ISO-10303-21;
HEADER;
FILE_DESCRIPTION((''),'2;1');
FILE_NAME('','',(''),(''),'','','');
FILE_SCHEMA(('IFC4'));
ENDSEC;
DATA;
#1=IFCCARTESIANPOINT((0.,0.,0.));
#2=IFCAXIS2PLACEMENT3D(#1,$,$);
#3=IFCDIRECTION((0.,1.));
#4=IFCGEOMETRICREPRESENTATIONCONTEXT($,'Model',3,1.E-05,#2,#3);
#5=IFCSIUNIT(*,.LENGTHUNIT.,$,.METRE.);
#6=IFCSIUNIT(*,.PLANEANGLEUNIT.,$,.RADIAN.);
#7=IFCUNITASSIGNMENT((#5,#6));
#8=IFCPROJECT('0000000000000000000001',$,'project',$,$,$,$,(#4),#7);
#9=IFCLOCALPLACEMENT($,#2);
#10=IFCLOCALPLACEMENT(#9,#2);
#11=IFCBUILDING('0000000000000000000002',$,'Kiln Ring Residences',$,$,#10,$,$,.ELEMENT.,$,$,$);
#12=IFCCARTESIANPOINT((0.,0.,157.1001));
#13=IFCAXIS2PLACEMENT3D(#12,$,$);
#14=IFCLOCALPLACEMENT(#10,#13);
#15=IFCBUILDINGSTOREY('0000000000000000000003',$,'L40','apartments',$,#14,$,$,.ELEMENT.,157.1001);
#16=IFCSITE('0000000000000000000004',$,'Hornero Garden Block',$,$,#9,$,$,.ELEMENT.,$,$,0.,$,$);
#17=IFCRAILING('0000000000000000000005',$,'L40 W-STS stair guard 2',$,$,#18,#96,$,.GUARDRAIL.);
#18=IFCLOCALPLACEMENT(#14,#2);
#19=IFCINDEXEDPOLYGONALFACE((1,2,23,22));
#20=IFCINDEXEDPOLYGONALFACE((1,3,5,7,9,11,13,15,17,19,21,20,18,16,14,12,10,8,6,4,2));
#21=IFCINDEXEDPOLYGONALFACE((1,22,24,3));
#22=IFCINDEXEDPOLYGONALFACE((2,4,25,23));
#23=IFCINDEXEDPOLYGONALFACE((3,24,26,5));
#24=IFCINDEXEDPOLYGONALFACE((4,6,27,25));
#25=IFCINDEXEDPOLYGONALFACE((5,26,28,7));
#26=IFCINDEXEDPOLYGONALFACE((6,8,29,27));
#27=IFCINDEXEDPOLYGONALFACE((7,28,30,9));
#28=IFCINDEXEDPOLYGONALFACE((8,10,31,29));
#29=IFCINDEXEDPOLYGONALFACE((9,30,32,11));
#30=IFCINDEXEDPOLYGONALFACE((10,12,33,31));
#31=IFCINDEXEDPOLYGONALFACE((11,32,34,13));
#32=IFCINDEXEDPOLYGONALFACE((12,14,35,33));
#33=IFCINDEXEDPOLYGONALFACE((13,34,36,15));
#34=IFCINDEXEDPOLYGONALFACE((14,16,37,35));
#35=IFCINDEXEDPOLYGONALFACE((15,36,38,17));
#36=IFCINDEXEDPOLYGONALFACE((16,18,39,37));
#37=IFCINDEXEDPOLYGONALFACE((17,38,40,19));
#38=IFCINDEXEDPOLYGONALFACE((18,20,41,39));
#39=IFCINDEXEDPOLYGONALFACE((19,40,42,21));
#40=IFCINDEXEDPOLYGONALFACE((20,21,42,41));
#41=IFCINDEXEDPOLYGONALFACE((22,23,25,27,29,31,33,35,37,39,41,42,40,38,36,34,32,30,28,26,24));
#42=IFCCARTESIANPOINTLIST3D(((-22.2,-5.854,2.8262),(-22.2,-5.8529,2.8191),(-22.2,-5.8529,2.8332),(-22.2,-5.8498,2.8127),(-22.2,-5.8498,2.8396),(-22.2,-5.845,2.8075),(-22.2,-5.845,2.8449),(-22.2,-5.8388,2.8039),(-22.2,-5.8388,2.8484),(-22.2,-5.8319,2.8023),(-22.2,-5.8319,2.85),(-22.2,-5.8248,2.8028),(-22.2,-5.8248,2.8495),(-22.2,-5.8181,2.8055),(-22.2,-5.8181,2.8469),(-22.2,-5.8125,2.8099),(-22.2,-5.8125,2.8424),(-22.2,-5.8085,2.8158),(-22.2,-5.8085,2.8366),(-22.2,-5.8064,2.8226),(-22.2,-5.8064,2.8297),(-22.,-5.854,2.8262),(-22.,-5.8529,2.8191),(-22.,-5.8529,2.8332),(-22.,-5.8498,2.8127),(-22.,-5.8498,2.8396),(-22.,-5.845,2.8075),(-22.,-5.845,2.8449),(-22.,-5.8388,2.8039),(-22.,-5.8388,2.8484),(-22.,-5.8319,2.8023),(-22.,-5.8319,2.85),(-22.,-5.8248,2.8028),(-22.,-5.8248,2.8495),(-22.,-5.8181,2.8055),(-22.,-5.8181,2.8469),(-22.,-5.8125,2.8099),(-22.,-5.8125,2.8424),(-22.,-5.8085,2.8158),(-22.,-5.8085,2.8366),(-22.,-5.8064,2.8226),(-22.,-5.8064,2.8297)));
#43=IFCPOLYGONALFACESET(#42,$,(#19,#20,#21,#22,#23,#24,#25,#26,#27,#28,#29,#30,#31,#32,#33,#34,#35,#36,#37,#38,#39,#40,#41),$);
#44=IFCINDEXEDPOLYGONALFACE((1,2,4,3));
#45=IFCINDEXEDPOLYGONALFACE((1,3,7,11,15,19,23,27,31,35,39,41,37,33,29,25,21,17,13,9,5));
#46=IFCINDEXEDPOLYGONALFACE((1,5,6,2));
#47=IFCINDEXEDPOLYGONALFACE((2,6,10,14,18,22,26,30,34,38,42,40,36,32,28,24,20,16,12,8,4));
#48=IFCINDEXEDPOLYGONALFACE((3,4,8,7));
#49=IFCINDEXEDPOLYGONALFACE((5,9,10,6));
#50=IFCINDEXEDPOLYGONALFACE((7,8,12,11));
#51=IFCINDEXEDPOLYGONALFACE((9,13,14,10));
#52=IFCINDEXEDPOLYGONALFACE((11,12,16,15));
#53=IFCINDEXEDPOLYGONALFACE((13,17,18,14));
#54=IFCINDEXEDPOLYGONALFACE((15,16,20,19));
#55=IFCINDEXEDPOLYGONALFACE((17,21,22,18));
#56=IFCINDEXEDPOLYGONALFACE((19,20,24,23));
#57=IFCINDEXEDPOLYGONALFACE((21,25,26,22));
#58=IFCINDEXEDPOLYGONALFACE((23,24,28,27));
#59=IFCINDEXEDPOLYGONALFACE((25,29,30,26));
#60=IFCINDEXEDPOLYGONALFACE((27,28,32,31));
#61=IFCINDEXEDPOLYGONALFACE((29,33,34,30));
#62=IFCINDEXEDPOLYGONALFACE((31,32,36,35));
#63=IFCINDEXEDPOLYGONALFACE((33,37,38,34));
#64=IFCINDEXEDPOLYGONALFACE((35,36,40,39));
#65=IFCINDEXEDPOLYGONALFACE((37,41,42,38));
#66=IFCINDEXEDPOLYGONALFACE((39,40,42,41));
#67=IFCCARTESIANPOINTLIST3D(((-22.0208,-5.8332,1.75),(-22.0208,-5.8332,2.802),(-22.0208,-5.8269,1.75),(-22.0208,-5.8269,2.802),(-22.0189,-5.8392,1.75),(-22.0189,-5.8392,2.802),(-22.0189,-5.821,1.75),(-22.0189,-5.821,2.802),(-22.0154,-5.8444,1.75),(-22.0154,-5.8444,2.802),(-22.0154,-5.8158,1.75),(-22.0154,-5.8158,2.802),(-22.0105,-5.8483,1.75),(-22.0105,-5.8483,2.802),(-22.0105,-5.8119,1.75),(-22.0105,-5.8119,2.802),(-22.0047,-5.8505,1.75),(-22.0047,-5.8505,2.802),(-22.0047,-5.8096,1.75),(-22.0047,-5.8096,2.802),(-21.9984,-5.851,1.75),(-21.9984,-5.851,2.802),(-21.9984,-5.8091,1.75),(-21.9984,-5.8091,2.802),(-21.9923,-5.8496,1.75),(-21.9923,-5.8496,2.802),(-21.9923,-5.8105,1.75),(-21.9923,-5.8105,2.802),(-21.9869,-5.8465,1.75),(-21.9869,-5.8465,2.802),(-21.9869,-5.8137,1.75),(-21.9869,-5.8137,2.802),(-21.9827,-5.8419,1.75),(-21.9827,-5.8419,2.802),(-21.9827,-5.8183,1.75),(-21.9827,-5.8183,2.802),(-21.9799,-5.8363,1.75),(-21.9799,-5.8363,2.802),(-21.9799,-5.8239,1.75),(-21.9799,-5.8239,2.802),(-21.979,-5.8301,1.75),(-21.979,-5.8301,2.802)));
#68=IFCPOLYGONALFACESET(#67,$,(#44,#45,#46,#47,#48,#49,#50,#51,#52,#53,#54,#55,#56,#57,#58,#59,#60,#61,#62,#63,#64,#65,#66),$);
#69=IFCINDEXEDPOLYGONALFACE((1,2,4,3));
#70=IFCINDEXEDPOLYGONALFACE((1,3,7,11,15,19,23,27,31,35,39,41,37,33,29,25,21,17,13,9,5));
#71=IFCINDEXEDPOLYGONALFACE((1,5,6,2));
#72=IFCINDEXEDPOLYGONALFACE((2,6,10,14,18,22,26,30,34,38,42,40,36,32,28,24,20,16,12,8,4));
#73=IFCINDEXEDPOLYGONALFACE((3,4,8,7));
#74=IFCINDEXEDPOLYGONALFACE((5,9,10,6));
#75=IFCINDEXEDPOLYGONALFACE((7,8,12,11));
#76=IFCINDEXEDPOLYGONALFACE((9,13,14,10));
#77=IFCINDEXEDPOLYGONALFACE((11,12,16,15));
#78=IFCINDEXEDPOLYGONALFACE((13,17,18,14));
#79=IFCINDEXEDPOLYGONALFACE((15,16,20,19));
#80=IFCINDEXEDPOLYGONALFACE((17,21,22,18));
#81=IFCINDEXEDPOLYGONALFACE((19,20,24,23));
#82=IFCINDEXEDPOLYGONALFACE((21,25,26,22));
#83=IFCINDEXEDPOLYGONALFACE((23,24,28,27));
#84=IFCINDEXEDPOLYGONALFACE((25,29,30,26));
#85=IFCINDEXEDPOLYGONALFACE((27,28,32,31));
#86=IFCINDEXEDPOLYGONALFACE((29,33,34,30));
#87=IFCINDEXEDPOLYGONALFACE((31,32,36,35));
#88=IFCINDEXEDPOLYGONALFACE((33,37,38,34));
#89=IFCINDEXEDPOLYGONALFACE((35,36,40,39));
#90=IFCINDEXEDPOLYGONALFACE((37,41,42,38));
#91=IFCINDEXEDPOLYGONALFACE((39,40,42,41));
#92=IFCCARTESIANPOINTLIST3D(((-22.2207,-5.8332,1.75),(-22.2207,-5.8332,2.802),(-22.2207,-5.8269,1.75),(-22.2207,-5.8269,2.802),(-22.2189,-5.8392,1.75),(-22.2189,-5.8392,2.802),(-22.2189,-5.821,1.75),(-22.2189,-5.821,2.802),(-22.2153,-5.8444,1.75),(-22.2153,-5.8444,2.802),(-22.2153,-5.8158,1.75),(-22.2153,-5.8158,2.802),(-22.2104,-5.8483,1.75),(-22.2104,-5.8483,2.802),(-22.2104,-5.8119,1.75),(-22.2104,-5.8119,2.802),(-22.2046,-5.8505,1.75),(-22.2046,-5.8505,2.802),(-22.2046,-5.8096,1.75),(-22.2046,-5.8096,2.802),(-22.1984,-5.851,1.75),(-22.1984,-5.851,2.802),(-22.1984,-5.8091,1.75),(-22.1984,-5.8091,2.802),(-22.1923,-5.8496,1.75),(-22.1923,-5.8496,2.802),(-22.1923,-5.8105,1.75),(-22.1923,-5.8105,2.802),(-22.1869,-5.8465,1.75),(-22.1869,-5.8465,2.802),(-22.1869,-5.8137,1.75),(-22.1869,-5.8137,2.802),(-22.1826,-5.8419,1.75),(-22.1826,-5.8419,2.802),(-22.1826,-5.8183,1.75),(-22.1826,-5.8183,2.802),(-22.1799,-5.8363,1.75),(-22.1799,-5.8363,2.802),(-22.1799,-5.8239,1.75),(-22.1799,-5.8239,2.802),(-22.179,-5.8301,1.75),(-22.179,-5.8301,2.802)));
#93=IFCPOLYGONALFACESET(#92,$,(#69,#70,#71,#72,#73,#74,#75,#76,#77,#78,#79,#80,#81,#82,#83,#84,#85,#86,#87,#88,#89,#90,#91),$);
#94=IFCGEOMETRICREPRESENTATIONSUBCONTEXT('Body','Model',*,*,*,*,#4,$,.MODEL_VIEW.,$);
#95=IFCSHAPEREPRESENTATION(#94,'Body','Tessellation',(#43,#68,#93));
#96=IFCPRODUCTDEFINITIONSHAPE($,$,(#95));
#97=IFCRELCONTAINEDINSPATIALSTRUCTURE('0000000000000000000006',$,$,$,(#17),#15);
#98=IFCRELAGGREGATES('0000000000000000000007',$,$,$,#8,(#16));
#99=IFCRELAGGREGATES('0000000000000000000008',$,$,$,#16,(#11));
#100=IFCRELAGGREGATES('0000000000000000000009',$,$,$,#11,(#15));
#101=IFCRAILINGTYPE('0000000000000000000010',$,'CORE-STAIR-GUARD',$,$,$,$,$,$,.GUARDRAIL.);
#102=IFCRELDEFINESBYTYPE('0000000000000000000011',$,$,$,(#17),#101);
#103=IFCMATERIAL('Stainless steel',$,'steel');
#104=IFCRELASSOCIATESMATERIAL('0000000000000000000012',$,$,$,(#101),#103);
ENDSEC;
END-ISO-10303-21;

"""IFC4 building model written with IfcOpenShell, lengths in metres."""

from ifc_helpers import new_model, si_unit, direction, frame, origin, origin_2d, place, context, subcontext, project, spatial, circle, extrude, material, type_object, element, save


model = new_model("IFC4")

# Units and contexts
model_context = context("Model", 3, precision=1e-05, world=origin(), true_north=direction((0.0, 1.0)))
body_context = subcontext(model_context, "Body", "Model", "MODEL_VIEW")
ifc_project = project(units=[si_unit("LENGTHUNIT", "METRE"), si_unit("PLANEANGLEUNIT", "RADIAN")], contexts=[model_context])

# Site, building, storey
site_placement = place(None, origin())
site = spatial("IfcSite", under=ifc_project, at=site_placement, Name="Hornero Garden Block", CompositionType="ELEMENT", RefElevation=0.0)
building_placement = place(site_placement, origin())
building = spatial("IfcBuilding", under=site, at=building_placement, Name="Kiln Ring Residences", CompositionType="ELEMENT")
storey_placement = place(building_placement, frame((0.0, 0.0, 157.1001)))
storey = spatial("IfcBuildingStorey", under=building, at=storey_placement, Name="L40", Description="apartments", CompositionType="ELEMENT", Elevation=157.1001)

# Railing
ifc_material_1 = material(Name="Stainless steel", Category="steel")
railing_type_1 = type_object("IfcRailingType", Name="CORE-STAIR-GUARD", PredefinedType="GUARDRAIL", material=ifc_material_1)
railing_1_placement = place(storey_placement, frame((-22.0, -5.8301, 1.75)))
element("IfcRailing", 1, at=railing_1_placement, inside=storey, type_object=railing_type_1, Name="L40 W-STS stair guard 2", PredefinedType="GUARDRAIL", context=body_context, shape_type="SweptSolid", body=[
    extrude(circle(Radius=0.0239, at=origin_2d()), frame((0.0, 0.0, 1.0762), z_axis=(-1.0, 0.0, 0.0), x_axis=(0.0, -1.0, 0.0)), (0.0, 0.0, 1.0), 0.2),
    extrude(circle(Radius=0.021, at=origin_2d()), origin(), (0.0, 0.0, 1.0), 1.052),
    extrude(circle(Radius=0.021, at=origin_2d()), frame((-0.2, 0.0, 0.0)), (0.0, 0.0, 1.0), 1.052),
])

save(model, "model.ifc")
